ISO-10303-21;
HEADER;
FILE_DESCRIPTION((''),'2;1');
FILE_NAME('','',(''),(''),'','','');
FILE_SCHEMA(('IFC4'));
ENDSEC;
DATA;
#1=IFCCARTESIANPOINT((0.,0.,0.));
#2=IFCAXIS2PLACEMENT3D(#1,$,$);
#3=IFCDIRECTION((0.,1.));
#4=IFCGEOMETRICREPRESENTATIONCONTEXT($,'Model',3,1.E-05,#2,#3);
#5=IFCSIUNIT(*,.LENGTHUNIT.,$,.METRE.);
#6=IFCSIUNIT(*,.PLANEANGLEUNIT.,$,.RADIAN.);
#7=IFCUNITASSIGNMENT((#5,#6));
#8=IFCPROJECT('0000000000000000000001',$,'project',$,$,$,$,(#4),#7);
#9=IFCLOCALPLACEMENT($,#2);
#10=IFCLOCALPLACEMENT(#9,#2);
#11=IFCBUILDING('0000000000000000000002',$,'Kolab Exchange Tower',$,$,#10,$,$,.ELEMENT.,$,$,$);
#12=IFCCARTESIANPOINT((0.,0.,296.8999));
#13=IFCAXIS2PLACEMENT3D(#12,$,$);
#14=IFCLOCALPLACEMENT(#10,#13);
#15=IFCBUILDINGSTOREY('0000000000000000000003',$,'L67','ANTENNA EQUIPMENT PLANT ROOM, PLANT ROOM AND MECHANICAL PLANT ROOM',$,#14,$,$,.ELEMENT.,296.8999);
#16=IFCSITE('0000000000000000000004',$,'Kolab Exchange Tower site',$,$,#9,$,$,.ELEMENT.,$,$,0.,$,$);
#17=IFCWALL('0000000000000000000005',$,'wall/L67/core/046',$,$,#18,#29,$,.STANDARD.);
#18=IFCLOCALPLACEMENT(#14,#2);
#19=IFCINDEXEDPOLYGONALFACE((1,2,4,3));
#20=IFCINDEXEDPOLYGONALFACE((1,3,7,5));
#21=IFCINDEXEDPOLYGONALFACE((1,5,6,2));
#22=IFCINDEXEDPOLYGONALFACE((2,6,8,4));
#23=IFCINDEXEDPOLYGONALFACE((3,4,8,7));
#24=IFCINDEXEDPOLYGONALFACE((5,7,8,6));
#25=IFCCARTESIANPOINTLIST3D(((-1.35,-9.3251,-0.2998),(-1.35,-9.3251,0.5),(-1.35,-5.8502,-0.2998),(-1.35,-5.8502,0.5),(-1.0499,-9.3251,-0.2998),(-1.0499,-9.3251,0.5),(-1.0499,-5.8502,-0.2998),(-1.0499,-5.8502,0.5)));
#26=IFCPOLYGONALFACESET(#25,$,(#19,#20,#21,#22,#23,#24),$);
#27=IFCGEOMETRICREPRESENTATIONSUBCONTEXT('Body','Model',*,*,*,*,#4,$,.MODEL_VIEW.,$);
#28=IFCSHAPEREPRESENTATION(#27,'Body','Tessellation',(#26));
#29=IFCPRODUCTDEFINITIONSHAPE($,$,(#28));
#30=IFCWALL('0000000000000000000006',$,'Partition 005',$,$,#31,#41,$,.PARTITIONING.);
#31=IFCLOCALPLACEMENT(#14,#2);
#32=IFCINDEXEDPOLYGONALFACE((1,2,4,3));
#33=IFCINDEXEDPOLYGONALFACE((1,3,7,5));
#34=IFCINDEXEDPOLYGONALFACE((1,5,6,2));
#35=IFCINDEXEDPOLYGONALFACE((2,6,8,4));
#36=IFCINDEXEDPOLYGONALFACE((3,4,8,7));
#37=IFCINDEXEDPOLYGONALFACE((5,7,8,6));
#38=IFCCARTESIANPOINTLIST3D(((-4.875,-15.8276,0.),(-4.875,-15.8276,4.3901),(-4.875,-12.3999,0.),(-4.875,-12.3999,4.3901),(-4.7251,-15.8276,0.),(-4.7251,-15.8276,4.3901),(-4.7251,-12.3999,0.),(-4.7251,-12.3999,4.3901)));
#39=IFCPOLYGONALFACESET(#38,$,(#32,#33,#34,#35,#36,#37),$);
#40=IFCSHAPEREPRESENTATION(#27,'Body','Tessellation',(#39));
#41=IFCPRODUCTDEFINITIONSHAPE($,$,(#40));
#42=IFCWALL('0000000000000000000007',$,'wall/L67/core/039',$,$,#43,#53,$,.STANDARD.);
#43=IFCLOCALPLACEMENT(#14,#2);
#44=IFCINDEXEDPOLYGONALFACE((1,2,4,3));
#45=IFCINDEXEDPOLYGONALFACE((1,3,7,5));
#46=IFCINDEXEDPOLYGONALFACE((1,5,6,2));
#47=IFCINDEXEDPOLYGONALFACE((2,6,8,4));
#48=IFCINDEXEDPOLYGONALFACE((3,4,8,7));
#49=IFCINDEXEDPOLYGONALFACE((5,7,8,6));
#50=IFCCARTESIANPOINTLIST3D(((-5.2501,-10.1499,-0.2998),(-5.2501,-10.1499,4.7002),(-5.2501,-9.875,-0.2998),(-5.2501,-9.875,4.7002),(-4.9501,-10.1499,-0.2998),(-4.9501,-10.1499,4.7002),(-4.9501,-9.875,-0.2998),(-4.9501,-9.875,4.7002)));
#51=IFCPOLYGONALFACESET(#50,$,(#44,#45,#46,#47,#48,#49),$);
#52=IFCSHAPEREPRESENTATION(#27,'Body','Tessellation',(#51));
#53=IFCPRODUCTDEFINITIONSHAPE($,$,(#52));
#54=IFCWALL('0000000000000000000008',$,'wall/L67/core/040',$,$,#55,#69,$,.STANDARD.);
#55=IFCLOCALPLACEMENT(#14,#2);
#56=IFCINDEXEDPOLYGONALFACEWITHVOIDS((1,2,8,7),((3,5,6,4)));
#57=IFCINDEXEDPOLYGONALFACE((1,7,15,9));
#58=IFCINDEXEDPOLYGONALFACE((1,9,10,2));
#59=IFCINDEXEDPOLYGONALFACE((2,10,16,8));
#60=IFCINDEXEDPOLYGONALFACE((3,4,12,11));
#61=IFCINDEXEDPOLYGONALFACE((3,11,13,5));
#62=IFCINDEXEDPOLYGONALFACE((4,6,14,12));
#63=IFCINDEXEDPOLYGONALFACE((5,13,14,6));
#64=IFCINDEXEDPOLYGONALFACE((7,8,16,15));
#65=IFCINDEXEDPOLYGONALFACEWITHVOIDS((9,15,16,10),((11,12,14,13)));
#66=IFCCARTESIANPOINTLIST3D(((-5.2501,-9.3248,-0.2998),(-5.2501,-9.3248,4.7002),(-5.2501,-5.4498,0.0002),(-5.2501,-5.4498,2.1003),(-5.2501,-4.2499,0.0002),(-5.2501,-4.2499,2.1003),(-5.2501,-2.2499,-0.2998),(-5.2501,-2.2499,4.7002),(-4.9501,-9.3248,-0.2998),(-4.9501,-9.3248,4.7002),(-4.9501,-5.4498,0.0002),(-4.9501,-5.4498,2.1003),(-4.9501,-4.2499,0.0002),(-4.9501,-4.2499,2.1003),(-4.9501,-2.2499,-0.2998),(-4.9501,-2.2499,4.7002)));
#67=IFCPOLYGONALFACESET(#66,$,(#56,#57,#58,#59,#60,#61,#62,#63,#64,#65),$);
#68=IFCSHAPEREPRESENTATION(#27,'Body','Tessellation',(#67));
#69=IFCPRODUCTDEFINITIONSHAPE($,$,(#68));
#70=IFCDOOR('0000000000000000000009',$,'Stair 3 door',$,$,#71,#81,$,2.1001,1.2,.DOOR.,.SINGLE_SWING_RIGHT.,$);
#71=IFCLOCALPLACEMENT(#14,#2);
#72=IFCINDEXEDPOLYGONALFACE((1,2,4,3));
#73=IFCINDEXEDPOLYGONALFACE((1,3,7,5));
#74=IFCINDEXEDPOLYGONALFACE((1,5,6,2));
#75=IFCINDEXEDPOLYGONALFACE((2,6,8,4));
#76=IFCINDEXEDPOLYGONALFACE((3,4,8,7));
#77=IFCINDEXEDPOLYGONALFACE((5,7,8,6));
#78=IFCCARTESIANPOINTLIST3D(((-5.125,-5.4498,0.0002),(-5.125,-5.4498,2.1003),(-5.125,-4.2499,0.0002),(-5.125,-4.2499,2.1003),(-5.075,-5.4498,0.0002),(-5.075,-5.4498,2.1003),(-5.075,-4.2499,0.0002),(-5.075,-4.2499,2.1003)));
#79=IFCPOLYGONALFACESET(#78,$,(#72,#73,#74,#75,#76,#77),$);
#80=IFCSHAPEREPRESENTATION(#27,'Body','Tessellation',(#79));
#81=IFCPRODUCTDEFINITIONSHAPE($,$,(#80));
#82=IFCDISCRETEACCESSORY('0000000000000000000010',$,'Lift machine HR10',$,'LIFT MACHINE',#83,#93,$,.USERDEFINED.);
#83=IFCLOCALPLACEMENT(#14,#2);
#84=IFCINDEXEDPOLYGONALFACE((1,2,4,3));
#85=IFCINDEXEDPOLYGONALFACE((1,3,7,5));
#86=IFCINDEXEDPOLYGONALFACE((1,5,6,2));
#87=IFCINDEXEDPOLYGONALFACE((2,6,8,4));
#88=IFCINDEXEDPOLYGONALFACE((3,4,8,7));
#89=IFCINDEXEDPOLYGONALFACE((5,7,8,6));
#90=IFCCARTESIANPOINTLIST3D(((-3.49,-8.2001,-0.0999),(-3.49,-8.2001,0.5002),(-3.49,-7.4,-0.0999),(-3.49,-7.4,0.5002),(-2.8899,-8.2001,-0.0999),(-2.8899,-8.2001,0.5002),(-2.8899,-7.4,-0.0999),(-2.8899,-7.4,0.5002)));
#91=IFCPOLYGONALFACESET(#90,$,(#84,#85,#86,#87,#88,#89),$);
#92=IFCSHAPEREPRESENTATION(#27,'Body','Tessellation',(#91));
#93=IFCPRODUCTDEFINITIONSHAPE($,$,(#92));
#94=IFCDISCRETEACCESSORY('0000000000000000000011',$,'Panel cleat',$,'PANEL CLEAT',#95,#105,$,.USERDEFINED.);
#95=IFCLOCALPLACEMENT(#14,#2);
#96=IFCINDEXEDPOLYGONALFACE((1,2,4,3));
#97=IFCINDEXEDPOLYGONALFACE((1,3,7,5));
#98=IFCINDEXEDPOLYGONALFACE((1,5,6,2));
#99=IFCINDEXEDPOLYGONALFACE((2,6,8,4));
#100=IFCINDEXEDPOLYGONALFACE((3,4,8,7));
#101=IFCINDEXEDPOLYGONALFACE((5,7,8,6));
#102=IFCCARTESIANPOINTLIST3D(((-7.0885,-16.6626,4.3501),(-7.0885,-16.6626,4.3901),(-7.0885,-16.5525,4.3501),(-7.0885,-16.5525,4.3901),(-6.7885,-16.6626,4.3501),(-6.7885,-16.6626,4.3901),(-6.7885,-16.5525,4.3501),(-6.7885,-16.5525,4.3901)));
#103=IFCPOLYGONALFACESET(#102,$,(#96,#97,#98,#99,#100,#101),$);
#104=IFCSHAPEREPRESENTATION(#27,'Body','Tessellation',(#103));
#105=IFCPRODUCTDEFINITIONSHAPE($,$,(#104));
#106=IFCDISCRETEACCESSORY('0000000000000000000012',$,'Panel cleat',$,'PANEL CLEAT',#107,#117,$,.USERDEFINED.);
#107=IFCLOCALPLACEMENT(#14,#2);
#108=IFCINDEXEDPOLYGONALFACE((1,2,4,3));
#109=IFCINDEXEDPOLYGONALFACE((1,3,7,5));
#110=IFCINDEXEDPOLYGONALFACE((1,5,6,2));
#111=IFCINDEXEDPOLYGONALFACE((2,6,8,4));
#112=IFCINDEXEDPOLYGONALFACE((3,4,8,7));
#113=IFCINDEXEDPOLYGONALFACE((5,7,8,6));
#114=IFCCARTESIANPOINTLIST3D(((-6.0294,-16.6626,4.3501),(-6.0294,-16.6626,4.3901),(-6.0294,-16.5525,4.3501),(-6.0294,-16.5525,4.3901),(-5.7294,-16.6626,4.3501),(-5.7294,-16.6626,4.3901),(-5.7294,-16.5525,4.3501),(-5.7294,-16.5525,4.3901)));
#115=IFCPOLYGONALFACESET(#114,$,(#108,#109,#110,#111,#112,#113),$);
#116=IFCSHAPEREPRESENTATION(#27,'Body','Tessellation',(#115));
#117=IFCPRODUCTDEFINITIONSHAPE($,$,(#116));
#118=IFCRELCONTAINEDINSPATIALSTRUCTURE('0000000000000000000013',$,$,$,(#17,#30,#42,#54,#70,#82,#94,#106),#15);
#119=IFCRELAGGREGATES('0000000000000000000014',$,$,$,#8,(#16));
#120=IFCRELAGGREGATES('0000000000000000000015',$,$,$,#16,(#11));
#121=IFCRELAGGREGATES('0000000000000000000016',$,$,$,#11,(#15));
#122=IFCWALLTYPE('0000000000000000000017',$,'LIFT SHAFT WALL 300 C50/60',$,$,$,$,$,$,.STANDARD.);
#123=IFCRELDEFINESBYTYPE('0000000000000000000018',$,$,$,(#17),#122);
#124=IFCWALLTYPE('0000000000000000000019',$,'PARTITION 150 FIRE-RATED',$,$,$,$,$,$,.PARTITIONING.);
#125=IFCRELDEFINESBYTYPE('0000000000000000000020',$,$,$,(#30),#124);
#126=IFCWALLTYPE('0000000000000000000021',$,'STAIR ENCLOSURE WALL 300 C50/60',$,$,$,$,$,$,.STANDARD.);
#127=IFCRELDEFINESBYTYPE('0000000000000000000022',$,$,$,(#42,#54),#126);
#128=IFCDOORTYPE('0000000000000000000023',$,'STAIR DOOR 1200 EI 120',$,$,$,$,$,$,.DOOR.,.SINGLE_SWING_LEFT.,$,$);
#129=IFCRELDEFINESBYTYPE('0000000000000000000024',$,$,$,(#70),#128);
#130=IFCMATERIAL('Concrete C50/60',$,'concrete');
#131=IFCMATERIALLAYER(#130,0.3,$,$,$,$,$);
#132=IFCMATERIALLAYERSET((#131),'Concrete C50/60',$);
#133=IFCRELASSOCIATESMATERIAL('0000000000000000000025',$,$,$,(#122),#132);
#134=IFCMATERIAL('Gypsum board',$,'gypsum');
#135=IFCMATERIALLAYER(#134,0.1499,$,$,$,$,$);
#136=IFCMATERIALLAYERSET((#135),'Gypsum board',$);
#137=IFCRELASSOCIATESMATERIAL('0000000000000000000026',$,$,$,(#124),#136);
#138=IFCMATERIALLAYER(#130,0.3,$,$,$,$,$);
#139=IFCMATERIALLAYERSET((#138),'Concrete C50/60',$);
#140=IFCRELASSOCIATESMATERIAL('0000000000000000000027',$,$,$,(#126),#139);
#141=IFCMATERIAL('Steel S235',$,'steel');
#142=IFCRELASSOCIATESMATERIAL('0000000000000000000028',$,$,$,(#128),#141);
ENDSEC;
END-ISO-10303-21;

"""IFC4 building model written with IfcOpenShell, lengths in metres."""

from ifc_helpers import new_model, si_unit, direction, frame, frame_2d, origin, origin_2d, place, context, subcontext, project, spatial, rectangle, extrude, material, layer, layer_set, type_object, element, fill, save


model = new_model("IFC4")

# Units and contexts
model_context = context("Model", 3, precision=1e-05, world=origin(), true_north=direction((0.0, 1.0)))
body_context = subcontext(model_context, "Body", "Model", "MODEL_VIEW")
ifc_project = project(units=[si_unit("LENGTHUNIT", "METRE"), si_unit("PLANEANGLEUNIT", "RADIAN")], contexts=[model_context])

# Site, building, storey
site_placement = place(None, origin())
site = spatial("IfcSite", under=ifc_project, at=site_placement, Name="Kolab Exchange Tower site", CompositionType="ELEMENT", RefElevation=0.0)
building_placement = place(site_placement, origin())
building = spatial("IfcBuilding", under=site, at=building_placement, Name="Kolab Exchange Tower", CompositionType="ELEMENT")
storey_placement = place(building_placement, frame((0.0, 0.0, 296.8999)))
storey = spatial("IfcBuildingStorey", under=building, at=storey_placement, Name="L67", Description="ANTENNA EQUIPMENT PLANT ROOM, PLANT ROOM AND MECHANICAL PLANT ROOM", CompositionType="ELEMENT", Elevation=296.8999)

# Shared definitions
ifc_material_1 = material(Name="Concrete C50/60", Category="concrete")

# Shared definitions
ifc_material_2 = material(Name="Steel S235", Category="steel")

# Walls
ifc_layer_1 = layer(ifc_material_1, 0.3)
ifc_layer_set_1 = layer_set([ifc_layer_1], Name="Concrete C50/60")
wall_type_1 = type_object("IfcWallType", Name="LIFT SHAFT WALL 300 C50/60", PredefinedType="STANDARD", material=ifc_layer_set_1)
for number, where, z_axis, x_axis, name in (
    (1, (-1.2, -9.325, -0.2998), (0.0, 0.0, 1.0), (0.0, 1.0, 0.0), "wall/L67/core/046"),
):
    element("IfcWall", number, at=place(storey_placement, frame(where, z_axis=z_axis, x_axis=x_axis)), inside=storey, type_object=wall_type_1, Name=name, PredefinedType="STANDARD", context=body_context, shape_type="SweptSolid", body=[
        extrude(rectangle(XDim=3.4749, YDim=0.3, at=frame_2d((1.7373, 0.0))), origin(), (0.0, 0.0, 1.0), 0.7998),
    ])
ifc_material_3 = material(Name="Gypsum board", Category="gypsum")
ifc_layer_2 = layer(ifc_material_3, 0.1499)
ifc_layer_set_2 = layer_set([ifc_layer_2], Name="Gypsum board")
wall_type_2 = type_object("IfcWallType", Name="PARTITION 150 FIRE-RATED", PredefinedType="PARTITIONING", material=ifc_layer_set_2)
wall_1_placement = place(storey_placement, frame((-4.8, -15.8276, 0.0), z_axis=(0.0, 0.0, 1.0), x_axis=(0.0, 1.0, 0.0)))
element("IfcWall", 2, at=wall_1_placement, inside=storey, type_object=wall_type_2, Name="Partition 005", PredefinedType="PARTITIONING", context=body_context, shape_type="SweptSolid", body=[
    extrude(rectangle(XDim=3.4277, YDim=0.1499, at=frame_2d((1.7139, 0.0))), origin(), (0.0, 0.0, 1.0), 4.3901),
])
ifc_layer_3 = layer(ifc_material_1, 0.3)
ifc_layer_set_3 = layer_set([ifc_layer_3], Name="Concrete C50/60")
wall_type_3 = type_object("IfcWallType", Name="STAIR ENCLOSURE WALL 300 C50/60", PredefinedType="STANDARD", material=ifc_layer_set_3)
wall_2_placement = place(storey_placement, frame((-5.1001, -10.1499, -0.2998), z_axis=(0.0, 0.0, 1.0), x_axis=(0.0, 1.0, 0.0)))
element("IfcWall", 3, at=wall_2_placement, inside=storey, type_object=wall_type_3, Name="wall/L67/core/039", PredefinedType="STANDARD", context=body_context, shape_type="SweptSolid", body=[
    extrude(rectangle(XDim=0.2749, YDim=0.3, at=frame_2d((0.1375, 0.0))), origin(), (0.0, 0.0, 1.0), 5.0),
])

# Wall, opening, door
wall_3_placement = place(storey_placement, frame((-5.1001, -9.325, -0.2998), z_axis=(0.0, 0.0, 1.0), x_axis=(0.0, 1.0, 0.0)))
wall_3 = element("IfcWall", 4, at=wall_3_placement, inside=storey, type_object=wall_type_3, Name="wall/L67/core/040", PredefinedType="STANDARD", context=body_context, shape_type="SweptSolid", body=[
    extrude(rectangle(XDim=7.075, YDim=0.3, at=frame_2d((3.5376, 0.0))), origin(), (0.0, 0.0, 1.0), 5.0),
])
opening_1_placement = place(wall_3_placement, frame((3.875, 0.0, 0.3)))
opening_1 = element("IfcOpeningElement", 5, at=opening_1_placement, cuts=wall_3, PredefinedType="OPENING", context=body_context, shape_type="SweptSolid", body=[
    extrude(rectangle(XDim=1.2, YDim=2.1001, at=frame_2d((0.6001, 1.05))), frame((0.0, 0.1602, 0.0), z_axis=(0.0, -1.0, 0.0), x_axis=(1.0, 0.0, 0.0)), (0.0, 0.0, 1.0), 0.3201),
])
door_type_1 = type_object("IfcDoorType", Name="STAIR DOOR 1200 EI 120", OperationType="SINGLE_SWING_LEFT", PredefinedType="DOOR", material=ifc_material_2)
door_1_placement = place(opening_1_placement, origin())
door_1 = element("IfcDoor", 6, at=door_1_placement, inside=storey, type_object=door_type_1, Name="Stair 3 door", OperationType="SINGLE_SWING_RIGHT", OverallHeight=2.1001, OverallWidth=1.2, PredefinedType="DOOR", context=body_context, shape_type="SweptSolid", body=[
    extrude(rectangle(XDim=1.2, YDim=2.1001, at=frame_2d((0.6001, 1.05))), frame((0.0, 0.0249, 0.0), z_axis=(0.0, -1.0, 0.0), x_axis=(1.0, 0.0, 0.0)), (0.0, 0.0, 1.0), 0.05),
])
fill(opening_1, door_1)

# Discrete accessories
discrete_accessory_placement = place(storey_placement, frame((-3.1899, -7.8, -0.0999), z_axis=(0.0, 0.0, 1.0), x_axis=(1.0, 0.0, 0.0)))
element("IfcDiscreteAccessory", 7, at=discrete_accessory_placement, inside=storey, Name="Lift machine HR10", ObjectType="LIFT MACHINE", PredefinedType="USERDEFINED", context=body_context, shape_type="SweptSolid", body=[
    extrude(rectangle(XDim=0.6001, YDim=0.8, at=origin_2d()), origin(), (0.0, 0.0, 1.0), 0.6001),
])
for number, where, z_axis, x_axis, name in (
    (8, (-6.9385, -16.5525, 4.3701), (0.0, -1.0, 0.0), (1.0, 0.0, 0.0), "Panel cleat"),
    (9, (-5.8794, -16.5525, 4.3701), (0.0, -1.0, 0.0), (1.0, 0.0, 0.0), "Panel cleat"),
):
    element("IfcDiscreteAccessory", number, at=place(storey_placement, frame(where, z_axis=z_axis, x_axis=x_axis)), inside=storey, Name=name, ObjectType="PANEL CLEAT", PredefinedType="USERDEFINED", context=body_context, shape_type="SweptSolid", body=[
        extrude(rectangle(XDim=0.3, YDim=0.04, at=origin_2d()), origin(), (0.0, 0.0, 1.0), 0.1101),
    ])

save(model, "model.ifc")
